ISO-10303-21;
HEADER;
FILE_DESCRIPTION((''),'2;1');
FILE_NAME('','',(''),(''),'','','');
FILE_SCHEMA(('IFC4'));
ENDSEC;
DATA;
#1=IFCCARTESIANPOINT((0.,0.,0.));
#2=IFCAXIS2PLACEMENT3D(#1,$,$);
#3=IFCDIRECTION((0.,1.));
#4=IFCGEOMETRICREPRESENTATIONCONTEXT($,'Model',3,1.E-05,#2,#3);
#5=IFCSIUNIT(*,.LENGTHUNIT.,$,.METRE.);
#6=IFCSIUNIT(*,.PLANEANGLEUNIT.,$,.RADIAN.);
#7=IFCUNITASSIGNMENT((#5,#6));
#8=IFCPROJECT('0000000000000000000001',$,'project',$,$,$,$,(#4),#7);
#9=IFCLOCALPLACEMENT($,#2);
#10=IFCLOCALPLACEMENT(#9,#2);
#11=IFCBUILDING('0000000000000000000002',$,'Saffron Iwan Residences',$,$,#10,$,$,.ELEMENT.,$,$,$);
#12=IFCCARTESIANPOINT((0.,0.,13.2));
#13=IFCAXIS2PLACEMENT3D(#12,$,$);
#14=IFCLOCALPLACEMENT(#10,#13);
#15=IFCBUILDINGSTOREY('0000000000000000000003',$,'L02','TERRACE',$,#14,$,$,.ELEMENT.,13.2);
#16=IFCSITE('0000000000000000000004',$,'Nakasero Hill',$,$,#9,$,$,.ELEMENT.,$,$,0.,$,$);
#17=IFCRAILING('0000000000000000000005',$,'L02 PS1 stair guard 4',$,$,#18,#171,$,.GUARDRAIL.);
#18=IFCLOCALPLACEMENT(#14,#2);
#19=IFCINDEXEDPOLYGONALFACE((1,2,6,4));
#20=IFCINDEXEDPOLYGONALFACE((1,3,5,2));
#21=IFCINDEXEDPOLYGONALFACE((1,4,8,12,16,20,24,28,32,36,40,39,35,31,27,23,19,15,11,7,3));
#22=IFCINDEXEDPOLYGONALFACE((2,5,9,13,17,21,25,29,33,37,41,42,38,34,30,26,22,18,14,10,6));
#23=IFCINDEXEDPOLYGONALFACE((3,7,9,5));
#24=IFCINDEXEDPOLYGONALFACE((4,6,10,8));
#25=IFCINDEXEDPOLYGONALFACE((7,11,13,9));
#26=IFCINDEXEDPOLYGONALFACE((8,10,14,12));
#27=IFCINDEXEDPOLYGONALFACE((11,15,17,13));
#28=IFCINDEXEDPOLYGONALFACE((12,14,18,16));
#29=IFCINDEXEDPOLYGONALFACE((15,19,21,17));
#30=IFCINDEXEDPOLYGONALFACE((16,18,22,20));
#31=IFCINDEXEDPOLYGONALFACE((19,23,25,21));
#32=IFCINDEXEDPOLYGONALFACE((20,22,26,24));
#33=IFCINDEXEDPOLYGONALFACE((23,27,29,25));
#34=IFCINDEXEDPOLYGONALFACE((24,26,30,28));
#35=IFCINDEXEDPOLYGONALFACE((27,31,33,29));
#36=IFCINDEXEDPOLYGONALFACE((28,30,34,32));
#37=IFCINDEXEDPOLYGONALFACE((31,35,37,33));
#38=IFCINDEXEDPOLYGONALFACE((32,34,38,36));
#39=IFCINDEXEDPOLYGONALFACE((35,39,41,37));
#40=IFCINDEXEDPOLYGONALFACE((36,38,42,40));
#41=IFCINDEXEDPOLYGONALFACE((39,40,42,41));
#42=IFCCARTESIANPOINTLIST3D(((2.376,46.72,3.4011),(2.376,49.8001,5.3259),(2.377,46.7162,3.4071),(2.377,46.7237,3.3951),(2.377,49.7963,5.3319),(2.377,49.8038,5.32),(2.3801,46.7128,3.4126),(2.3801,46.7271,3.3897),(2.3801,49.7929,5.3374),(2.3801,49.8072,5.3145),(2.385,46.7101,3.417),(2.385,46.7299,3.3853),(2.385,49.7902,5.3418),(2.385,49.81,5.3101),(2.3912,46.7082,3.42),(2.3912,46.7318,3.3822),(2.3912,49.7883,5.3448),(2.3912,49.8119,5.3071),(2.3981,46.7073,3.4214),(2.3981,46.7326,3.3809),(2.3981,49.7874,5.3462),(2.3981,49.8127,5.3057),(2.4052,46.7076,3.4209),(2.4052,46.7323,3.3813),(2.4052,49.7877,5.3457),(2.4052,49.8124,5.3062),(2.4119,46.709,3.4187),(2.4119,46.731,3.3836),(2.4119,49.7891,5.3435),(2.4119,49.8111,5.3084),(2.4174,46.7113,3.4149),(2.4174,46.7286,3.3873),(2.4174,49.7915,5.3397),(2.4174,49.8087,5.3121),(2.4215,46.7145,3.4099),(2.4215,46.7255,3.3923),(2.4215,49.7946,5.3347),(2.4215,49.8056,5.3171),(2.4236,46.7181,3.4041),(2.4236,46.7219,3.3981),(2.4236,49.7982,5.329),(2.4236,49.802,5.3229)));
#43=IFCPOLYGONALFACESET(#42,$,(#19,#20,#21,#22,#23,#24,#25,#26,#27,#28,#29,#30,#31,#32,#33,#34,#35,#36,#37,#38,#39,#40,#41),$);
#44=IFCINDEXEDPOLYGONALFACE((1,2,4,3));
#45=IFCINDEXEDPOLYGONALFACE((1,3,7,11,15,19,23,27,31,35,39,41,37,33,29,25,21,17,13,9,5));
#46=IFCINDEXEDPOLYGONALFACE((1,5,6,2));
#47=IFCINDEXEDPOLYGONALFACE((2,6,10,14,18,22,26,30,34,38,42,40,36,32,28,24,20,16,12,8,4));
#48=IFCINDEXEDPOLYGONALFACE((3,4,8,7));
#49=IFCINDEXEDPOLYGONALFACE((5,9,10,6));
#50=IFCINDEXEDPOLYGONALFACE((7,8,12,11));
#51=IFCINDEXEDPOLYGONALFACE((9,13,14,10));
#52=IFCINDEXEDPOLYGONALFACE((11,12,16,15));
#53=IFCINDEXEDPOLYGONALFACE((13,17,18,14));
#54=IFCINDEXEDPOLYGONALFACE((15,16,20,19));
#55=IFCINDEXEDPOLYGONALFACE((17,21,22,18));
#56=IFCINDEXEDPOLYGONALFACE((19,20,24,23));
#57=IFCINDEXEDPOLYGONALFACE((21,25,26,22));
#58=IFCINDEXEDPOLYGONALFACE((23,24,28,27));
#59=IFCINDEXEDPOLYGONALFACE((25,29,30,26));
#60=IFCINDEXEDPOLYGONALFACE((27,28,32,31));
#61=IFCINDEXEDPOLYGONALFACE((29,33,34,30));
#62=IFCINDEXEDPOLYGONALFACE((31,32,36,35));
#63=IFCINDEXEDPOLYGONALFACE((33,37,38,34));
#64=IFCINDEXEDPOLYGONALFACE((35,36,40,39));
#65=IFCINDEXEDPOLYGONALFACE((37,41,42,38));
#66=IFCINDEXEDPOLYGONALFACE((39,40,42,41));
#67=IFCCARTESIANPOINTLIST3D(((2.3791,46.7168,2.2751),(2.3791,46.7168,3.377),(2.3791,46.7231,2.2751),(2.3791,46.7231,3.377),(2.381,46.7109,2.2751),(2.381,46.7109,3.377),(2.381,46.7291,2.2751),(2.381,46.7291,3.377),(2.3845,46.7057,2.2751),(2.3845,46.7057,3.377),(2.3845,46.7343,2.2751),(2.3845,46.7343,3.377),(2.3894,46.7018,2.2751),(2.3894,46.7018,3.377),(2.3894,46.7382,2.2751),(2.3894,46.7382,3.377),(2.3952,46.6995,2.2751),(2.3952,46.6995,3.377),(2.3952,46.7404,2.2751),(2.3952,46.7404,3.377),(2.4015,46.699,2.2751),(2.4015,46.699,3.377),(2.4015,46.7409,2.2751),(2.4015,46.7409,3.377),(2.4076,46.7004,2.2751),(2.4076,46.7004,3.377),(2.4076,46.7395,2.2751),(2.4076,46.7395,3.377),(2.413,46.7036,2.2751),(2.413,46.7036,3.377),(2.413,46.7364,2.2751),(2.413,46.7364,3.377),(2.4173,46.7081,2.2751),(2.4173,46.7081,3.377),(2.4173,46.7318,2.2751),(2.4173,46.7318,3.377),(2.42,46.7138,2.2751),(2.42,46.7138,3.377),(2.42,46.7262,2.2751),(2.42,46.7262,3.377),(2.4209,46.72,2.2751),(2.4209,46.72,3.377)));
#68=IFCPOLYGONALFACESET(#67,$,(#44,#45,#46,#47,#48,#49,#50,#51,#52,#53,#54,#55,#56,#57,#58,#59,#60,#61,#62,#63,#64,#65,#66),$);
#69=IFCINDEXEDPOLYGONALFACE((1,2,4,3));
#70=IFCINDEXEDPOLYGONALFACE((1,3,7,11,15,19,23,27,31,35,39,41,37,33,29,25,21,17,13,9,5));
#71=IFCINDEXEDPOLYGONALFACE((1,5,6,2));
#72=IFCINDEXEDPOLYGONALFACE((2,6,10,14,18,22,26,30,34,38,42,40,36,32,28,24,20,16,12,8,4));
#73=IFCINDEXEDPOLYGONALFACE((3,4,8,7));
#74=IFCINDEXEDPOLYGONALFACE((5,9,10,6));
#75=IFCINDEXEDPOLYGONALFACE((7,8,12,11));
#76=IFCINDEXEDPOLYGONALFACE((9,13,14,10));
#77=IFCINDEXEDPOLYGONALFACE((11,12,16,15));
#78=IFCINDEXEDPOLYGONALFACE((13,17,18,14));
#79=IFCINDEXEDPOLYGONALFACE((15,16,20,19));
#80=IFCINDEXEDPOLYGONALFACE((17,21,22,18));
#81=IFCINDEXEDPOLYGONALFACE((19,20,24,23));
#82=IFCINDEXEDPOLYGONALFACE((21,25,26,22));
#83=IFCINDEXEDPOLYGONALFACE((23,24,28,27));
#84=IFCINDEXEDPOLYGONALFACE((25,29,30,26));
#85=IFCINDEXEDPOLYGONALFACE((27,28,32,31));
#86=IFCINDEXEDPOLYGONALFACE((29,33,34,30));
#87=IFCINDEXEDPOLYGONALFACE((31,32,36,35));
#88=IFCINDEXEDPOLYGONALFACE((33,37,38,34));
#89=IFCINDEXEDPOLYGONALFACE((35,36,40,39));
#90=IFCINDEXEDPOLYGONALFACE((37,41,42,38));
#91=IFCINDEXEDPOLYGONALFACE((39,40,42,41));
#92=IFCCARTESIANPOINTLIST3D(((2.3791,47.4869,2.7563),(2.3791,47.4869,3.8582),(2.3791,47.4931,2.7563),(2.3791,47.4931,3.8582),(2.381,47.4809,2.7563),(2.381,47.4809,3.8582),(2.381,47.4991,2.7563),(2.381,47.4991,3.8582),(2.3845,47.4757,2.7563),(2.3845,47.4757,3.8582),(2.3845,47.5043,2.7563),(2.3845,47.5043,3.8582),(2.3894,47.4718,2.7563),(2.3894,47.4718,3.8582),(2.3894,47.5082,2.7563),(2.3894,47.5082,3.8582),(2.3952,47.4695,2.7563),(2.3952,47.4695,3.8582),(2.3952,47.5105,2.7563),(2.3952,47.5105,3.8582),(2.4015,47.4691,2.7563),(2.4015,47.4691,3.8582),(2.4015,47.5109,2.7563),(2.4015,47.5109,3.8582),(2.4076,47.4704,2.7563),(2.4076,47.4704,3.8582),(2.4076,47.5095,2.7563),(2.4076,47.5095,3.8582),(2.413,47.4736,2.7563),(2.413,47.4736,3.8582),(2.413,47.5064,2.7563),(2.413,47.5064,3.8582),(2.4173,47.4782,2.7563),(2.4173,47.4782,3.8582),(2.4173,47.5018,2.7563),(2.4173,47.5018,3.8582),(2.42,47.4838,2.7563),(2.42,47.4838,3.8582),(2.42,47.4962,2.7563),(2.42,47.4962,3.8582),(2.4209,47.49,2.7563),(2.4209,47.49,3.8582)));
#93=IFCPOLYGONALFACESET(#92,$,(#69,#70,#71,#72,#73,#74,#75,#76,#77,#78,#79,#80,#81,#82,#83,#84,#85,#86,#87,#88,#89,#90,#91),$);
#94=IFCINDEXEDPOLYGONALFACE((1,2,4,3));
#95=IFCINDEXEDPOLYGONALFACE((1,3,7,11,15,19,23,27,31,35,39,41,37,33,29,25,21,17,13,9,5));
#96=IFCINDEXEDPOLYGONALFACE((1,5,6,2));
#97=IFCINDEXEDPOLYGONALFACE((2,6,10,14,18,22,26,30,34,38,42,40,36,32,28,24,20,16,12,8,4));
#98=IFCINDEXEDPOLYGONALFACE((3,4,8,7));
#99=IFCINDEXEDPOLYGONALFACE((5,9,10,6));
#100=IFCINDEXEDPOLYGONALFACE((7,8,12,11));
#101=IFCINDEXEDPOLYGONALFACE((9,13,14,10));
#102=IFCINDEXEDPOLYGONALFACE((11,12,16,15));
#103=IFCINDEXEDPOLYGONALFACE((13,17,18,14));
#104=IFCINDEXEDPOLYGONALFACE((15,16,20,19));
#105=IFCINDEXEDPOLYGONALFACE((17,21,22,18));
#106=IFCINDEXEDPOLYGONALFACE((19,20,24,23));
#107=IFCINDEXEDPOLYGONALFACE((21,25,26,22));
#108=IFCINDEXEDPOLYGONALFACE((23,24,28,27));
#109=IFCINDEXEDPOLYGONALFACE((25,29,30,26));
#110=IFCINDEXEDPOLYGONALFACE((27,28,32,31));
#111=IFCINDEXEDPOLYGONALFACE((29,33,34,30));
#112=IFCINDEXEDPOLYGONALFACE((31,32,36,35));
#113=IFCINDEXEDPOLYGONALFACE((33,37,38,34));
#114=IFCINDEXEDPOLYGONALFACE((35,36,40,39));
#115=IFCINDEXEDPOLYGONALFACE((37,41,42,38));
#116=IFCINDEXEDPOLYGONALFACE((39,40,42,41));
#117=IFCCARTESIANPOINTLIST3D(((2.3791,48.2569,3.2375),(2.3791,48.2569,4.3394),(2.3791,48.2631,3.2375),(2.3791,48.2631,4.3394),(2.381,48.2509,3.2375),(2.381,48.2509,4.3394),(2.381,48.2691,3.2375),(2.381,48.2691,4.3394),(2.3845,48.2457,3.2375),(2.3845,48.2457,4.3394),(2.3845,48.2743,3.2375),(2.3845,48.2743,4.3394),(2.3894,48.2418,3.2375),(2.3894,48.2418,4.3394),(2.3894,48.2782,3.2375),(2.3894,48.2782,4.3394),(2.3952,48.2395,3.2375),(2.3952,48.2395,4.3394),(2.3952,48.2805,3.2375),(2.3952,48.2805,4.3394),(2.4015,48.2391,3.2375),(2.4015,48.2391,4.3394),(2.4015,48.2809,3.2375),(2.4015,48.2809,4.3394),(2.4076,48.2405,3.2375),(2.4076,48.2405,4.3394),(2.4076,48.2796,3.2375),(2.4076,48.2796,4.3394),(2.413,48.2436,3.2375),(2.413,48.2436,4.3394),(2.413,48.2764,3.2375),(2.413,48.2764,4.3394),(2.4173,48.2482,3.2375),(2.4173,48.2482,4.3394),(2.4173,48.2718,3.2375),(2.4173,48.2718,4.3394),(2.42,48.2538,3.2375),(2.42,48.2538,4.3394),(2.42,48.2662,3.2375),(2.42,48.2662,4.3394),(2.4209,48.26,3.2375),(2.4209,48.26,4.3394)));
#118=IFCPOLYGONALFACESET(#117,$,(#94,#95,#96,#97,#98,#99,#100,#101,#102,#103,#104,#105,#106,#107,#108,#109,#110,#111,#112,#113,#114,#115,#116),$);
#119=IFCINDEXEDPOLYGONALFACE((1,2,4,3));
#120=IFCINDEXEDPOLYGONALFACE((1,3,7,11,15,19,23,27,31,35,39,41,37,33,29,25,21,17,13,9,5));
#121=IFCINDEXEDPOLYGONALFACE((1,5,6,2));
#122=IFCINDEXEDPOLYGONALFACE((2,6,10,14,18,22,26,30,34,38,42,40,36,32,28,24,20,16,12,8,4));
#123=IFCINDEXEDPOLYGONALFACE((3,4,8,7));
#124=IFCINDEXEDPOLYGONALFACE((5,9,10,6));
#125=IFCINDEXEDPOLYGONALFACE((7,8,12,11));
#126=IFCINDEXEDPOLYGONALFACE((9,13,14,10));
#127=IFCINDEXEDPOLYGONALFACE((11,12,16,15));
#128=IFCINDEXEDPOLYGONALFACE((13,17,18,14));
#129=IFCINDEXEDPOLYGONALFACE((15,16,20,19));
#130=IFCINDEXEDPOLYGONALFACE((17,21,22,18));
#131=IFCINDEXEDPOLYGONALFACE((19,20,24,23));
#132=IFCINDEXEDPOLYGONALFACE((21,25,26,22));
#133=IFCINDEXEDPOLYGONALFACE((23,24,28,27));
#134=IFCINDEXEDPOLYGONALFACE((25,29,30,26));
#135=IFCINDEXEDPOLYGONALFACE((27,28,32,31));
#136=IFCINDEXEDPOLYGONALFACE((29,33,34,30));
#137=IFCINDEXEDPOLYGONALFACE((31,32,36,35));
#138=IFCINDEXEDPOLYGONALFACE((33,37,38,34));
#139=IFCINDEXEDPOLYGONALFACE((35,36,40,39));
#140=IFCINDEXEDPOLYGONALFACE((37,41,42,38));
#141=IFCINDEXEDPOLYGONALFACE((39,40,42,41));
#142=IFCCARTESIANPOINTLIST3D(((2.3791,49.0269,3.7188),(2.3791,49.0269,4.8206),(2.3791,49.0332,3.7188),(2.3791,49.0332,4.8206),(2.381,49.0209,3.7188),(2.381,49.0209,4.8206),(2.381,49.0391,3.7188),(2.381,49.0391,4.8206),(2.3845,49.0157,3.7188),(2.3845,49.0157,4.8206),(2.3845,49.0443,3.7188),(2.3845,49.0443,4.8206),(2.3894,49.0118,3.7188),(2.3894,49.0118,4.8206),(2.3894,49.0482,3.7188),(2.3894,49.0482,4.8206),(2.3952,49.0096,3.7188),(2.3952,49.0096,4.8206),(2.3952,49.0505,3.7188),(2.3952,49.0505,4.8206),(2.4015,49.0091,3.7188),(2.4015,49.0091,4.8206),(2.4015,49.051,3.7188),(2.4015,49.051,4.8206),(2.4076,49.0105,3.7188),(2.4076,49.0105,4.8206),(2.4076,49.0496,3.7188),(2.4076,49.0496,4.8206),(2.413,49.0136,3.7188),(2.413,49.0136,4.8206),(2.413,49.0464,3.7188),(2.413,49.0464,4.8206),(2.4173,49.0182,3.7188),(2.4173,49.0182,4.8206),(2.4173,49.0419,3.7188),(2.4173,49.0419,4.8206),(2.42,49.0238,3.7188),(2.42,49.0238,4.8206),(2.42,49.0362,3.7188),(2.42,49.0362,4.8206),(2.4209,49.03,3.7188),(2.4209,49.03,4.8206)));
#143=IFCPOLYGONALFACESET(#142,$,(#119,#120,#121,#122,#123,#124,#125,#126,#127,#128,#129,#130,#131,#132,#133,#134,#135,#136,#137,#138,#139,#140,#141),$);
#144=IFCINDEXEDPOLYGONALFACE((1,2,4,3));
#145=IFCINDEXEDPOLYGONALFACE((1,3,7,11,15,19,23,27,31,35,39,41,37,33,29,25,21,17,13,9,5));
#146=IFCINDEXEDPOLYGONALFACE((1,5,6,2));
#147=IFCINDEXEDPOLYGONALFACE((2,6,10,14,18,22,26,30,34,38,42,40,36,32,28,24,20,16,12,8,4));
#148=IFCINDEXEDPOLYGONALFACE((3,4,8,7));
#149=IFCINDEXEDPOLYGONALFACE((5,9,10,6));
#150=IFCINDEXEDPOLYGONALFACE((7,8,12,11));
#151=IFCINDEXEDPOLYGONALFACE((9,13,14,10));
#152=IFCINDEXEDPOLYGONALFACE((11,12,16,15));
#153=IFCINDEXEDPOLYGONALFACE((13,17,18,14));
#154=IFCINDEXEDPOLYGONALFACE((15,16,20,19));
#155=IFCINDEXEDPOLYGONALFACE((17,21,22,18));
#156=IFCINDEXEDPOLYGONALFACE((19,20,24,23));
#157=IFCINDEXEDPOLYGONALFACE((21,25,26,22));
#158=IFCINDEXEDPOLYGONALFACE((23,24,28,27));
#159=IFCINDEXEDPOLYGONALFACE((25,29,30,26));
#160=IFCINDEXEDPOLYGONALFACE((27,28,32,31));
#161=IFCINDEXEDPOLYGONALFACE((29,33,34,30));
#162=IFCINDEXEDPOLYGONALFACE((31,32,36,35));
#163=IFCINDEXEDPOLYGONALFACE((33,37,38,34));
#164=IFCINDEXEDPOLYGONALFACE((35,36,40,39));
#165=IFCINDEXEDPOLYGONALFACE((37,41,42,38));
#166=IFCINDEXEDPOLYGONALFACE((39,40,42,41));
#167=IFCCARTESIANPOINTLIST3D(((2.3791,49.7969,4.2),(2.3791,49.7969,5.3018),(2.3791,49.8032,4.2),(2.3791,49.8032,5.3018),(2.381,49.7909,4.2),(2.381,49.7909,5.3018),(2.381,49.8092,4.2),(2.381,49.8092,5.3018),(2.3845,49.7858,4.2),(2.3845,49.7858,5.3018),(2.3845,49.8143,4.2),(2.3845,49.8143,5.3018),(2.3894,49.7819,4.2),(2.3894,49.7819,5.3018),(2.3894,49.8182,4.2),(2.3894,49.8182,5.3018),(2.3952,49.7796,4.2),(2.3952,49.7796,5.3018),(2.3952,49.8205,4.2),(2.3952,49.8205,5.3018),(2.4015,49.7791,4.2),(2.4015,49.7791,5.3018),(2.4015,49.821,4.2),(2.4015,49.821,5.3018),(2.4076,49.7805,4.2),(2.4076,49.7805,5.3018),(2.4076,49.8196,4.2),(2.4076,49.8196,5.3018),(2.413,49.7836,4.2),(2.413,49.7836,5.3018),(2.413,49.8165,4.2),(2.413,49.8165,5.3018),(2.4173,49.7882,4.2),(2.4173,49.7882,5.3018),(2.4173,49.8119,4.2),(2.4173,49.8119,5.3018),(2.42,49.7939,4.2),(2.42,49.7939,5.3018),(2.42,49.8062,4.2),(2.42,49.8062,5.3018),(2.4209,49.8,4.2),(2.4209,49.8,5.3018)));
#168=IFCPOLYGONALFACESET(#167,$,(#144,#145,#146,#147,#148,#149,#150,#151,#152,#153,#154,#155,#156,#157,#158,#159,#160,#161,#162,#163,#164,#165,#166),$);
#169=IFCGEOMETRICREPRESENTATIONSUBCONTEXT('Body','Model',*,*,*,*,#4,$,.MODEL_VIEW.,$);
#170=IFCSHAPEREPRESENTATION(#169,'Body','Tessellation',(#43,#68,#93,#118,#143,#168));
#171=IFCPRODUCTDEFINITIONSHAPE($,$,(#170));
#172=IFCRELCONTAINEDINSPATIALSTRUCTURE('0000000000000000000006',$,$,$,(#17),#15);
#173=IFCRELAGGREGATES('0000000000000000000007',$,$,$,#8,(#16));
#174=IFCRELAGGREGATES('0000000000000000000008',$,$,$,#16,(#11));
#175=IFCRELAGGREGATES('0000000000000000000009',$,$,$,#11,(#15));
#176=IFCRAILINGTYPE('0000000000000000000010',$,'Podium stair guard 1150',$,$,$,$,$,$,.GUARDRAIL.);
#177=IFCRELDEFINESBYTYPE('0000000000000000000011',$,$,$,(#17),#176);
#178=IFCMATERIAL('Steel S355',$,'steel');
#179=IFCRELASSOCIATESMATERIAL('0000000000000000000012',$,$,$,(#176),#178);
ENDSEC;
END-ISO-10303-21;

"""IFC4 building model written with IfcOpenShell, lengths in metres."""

from ifc_helpers import new_model, si_unit, direction, frame, origin, origin_2d, place, context, subcontext, project, spatial, circle, extrude, material, type_object, element, save


model = new_model("IFC4")

# Units and contexts
model_context = context("Model", 3, precision=1e-05, world=origin(), true_north=direction((0.0, 1.0)))
body_context = subcontext(model_context, "Body", "Model", "MODEL_VIEW")
ifc_project = project(units=[si_unit("LENGTHUNIT", "METRE"), si_unit("PLANEANGLEUNIT", "RADIAN")], contexts=[model_context])

# Site, building, storey
site_placement = place(None, origin())
site = spatial("IfcSite", under=ifc_project, at=site_placement, Name="Nakasero Hill", CompositionType="ELEMENT", RefElevation=0.0)
building_placement = place(site_placement, origin())
building = spatial("IfcBuilding", under=site, at=building_placement, Name="Saffron Iwan Residences", CompositionType="ELEMENT")
storey_placement = place(building_placement, frame((0.0, 0.0, 13.2)))
storey = spatial("IfcBuildingStorey", under=building, at=storey_placement, Name="L02", Description="TERRACE", CompositionType="ELEMENT", Elevation=13.2)

# Railing
ifc_material_1 = material(Name="Steel S355", Category="steel")
railing_type_1 = type_object("IfcRailingType", Name="Podium stair guard 1150", PredefinedType="GUARDRAIL", material=ifc_material_1)
railing_1_placement = place(storey_placement, frame((2.3999, 46.72, 2.2751)))
element("IfcRailing", 1, at=railing_1_placement, inside=storey, type_object=railing_type_1, Name="L02 PS1 stair guard 4", PredefinedType="GUARDRAIL", context=body_context, shape_type="SweptSolid", body=[
    extrude(circle(Radius=0.0239, at=origin_2d()), frame((0.0, 0.0, 1.126), z_axis=(0.0, 0.848029, 0.529951), x_axis=(-1.0, 0.0, 0.0)), (0.0, 0.0, 1.0), 3.6321),
    extrude(circle(Radius=0.021, at=origin_2d()), origin(), (0.0, 0.0, 1.0), 1.1018),
    extrude(circle(Radius=0.021, at=origin_2d()), frame((0.0, 0.77, 0.4812)), (0.0, 0.0, 1.0), 1.1018),
    extrude(circle(Radius=0.021, at=origin_2d()), frame((0.0, 1.54, 0.9624)), (0.0, 0.0, 1.0), 1.1018),
    extrude(circle(Radius=0.021, at=origin_2d()), frame((0.0, 2.3101, 1.4436)), (0.0, 0.0, 1.0), 1.1018),
    extrude(circle(Radius=0.021, at=origin_2d()), frame((0.0, 3.0801, 1.9248)), (0.0, 0.0, 1.0), 1.1018),
])

save(model, "model.ifc")
